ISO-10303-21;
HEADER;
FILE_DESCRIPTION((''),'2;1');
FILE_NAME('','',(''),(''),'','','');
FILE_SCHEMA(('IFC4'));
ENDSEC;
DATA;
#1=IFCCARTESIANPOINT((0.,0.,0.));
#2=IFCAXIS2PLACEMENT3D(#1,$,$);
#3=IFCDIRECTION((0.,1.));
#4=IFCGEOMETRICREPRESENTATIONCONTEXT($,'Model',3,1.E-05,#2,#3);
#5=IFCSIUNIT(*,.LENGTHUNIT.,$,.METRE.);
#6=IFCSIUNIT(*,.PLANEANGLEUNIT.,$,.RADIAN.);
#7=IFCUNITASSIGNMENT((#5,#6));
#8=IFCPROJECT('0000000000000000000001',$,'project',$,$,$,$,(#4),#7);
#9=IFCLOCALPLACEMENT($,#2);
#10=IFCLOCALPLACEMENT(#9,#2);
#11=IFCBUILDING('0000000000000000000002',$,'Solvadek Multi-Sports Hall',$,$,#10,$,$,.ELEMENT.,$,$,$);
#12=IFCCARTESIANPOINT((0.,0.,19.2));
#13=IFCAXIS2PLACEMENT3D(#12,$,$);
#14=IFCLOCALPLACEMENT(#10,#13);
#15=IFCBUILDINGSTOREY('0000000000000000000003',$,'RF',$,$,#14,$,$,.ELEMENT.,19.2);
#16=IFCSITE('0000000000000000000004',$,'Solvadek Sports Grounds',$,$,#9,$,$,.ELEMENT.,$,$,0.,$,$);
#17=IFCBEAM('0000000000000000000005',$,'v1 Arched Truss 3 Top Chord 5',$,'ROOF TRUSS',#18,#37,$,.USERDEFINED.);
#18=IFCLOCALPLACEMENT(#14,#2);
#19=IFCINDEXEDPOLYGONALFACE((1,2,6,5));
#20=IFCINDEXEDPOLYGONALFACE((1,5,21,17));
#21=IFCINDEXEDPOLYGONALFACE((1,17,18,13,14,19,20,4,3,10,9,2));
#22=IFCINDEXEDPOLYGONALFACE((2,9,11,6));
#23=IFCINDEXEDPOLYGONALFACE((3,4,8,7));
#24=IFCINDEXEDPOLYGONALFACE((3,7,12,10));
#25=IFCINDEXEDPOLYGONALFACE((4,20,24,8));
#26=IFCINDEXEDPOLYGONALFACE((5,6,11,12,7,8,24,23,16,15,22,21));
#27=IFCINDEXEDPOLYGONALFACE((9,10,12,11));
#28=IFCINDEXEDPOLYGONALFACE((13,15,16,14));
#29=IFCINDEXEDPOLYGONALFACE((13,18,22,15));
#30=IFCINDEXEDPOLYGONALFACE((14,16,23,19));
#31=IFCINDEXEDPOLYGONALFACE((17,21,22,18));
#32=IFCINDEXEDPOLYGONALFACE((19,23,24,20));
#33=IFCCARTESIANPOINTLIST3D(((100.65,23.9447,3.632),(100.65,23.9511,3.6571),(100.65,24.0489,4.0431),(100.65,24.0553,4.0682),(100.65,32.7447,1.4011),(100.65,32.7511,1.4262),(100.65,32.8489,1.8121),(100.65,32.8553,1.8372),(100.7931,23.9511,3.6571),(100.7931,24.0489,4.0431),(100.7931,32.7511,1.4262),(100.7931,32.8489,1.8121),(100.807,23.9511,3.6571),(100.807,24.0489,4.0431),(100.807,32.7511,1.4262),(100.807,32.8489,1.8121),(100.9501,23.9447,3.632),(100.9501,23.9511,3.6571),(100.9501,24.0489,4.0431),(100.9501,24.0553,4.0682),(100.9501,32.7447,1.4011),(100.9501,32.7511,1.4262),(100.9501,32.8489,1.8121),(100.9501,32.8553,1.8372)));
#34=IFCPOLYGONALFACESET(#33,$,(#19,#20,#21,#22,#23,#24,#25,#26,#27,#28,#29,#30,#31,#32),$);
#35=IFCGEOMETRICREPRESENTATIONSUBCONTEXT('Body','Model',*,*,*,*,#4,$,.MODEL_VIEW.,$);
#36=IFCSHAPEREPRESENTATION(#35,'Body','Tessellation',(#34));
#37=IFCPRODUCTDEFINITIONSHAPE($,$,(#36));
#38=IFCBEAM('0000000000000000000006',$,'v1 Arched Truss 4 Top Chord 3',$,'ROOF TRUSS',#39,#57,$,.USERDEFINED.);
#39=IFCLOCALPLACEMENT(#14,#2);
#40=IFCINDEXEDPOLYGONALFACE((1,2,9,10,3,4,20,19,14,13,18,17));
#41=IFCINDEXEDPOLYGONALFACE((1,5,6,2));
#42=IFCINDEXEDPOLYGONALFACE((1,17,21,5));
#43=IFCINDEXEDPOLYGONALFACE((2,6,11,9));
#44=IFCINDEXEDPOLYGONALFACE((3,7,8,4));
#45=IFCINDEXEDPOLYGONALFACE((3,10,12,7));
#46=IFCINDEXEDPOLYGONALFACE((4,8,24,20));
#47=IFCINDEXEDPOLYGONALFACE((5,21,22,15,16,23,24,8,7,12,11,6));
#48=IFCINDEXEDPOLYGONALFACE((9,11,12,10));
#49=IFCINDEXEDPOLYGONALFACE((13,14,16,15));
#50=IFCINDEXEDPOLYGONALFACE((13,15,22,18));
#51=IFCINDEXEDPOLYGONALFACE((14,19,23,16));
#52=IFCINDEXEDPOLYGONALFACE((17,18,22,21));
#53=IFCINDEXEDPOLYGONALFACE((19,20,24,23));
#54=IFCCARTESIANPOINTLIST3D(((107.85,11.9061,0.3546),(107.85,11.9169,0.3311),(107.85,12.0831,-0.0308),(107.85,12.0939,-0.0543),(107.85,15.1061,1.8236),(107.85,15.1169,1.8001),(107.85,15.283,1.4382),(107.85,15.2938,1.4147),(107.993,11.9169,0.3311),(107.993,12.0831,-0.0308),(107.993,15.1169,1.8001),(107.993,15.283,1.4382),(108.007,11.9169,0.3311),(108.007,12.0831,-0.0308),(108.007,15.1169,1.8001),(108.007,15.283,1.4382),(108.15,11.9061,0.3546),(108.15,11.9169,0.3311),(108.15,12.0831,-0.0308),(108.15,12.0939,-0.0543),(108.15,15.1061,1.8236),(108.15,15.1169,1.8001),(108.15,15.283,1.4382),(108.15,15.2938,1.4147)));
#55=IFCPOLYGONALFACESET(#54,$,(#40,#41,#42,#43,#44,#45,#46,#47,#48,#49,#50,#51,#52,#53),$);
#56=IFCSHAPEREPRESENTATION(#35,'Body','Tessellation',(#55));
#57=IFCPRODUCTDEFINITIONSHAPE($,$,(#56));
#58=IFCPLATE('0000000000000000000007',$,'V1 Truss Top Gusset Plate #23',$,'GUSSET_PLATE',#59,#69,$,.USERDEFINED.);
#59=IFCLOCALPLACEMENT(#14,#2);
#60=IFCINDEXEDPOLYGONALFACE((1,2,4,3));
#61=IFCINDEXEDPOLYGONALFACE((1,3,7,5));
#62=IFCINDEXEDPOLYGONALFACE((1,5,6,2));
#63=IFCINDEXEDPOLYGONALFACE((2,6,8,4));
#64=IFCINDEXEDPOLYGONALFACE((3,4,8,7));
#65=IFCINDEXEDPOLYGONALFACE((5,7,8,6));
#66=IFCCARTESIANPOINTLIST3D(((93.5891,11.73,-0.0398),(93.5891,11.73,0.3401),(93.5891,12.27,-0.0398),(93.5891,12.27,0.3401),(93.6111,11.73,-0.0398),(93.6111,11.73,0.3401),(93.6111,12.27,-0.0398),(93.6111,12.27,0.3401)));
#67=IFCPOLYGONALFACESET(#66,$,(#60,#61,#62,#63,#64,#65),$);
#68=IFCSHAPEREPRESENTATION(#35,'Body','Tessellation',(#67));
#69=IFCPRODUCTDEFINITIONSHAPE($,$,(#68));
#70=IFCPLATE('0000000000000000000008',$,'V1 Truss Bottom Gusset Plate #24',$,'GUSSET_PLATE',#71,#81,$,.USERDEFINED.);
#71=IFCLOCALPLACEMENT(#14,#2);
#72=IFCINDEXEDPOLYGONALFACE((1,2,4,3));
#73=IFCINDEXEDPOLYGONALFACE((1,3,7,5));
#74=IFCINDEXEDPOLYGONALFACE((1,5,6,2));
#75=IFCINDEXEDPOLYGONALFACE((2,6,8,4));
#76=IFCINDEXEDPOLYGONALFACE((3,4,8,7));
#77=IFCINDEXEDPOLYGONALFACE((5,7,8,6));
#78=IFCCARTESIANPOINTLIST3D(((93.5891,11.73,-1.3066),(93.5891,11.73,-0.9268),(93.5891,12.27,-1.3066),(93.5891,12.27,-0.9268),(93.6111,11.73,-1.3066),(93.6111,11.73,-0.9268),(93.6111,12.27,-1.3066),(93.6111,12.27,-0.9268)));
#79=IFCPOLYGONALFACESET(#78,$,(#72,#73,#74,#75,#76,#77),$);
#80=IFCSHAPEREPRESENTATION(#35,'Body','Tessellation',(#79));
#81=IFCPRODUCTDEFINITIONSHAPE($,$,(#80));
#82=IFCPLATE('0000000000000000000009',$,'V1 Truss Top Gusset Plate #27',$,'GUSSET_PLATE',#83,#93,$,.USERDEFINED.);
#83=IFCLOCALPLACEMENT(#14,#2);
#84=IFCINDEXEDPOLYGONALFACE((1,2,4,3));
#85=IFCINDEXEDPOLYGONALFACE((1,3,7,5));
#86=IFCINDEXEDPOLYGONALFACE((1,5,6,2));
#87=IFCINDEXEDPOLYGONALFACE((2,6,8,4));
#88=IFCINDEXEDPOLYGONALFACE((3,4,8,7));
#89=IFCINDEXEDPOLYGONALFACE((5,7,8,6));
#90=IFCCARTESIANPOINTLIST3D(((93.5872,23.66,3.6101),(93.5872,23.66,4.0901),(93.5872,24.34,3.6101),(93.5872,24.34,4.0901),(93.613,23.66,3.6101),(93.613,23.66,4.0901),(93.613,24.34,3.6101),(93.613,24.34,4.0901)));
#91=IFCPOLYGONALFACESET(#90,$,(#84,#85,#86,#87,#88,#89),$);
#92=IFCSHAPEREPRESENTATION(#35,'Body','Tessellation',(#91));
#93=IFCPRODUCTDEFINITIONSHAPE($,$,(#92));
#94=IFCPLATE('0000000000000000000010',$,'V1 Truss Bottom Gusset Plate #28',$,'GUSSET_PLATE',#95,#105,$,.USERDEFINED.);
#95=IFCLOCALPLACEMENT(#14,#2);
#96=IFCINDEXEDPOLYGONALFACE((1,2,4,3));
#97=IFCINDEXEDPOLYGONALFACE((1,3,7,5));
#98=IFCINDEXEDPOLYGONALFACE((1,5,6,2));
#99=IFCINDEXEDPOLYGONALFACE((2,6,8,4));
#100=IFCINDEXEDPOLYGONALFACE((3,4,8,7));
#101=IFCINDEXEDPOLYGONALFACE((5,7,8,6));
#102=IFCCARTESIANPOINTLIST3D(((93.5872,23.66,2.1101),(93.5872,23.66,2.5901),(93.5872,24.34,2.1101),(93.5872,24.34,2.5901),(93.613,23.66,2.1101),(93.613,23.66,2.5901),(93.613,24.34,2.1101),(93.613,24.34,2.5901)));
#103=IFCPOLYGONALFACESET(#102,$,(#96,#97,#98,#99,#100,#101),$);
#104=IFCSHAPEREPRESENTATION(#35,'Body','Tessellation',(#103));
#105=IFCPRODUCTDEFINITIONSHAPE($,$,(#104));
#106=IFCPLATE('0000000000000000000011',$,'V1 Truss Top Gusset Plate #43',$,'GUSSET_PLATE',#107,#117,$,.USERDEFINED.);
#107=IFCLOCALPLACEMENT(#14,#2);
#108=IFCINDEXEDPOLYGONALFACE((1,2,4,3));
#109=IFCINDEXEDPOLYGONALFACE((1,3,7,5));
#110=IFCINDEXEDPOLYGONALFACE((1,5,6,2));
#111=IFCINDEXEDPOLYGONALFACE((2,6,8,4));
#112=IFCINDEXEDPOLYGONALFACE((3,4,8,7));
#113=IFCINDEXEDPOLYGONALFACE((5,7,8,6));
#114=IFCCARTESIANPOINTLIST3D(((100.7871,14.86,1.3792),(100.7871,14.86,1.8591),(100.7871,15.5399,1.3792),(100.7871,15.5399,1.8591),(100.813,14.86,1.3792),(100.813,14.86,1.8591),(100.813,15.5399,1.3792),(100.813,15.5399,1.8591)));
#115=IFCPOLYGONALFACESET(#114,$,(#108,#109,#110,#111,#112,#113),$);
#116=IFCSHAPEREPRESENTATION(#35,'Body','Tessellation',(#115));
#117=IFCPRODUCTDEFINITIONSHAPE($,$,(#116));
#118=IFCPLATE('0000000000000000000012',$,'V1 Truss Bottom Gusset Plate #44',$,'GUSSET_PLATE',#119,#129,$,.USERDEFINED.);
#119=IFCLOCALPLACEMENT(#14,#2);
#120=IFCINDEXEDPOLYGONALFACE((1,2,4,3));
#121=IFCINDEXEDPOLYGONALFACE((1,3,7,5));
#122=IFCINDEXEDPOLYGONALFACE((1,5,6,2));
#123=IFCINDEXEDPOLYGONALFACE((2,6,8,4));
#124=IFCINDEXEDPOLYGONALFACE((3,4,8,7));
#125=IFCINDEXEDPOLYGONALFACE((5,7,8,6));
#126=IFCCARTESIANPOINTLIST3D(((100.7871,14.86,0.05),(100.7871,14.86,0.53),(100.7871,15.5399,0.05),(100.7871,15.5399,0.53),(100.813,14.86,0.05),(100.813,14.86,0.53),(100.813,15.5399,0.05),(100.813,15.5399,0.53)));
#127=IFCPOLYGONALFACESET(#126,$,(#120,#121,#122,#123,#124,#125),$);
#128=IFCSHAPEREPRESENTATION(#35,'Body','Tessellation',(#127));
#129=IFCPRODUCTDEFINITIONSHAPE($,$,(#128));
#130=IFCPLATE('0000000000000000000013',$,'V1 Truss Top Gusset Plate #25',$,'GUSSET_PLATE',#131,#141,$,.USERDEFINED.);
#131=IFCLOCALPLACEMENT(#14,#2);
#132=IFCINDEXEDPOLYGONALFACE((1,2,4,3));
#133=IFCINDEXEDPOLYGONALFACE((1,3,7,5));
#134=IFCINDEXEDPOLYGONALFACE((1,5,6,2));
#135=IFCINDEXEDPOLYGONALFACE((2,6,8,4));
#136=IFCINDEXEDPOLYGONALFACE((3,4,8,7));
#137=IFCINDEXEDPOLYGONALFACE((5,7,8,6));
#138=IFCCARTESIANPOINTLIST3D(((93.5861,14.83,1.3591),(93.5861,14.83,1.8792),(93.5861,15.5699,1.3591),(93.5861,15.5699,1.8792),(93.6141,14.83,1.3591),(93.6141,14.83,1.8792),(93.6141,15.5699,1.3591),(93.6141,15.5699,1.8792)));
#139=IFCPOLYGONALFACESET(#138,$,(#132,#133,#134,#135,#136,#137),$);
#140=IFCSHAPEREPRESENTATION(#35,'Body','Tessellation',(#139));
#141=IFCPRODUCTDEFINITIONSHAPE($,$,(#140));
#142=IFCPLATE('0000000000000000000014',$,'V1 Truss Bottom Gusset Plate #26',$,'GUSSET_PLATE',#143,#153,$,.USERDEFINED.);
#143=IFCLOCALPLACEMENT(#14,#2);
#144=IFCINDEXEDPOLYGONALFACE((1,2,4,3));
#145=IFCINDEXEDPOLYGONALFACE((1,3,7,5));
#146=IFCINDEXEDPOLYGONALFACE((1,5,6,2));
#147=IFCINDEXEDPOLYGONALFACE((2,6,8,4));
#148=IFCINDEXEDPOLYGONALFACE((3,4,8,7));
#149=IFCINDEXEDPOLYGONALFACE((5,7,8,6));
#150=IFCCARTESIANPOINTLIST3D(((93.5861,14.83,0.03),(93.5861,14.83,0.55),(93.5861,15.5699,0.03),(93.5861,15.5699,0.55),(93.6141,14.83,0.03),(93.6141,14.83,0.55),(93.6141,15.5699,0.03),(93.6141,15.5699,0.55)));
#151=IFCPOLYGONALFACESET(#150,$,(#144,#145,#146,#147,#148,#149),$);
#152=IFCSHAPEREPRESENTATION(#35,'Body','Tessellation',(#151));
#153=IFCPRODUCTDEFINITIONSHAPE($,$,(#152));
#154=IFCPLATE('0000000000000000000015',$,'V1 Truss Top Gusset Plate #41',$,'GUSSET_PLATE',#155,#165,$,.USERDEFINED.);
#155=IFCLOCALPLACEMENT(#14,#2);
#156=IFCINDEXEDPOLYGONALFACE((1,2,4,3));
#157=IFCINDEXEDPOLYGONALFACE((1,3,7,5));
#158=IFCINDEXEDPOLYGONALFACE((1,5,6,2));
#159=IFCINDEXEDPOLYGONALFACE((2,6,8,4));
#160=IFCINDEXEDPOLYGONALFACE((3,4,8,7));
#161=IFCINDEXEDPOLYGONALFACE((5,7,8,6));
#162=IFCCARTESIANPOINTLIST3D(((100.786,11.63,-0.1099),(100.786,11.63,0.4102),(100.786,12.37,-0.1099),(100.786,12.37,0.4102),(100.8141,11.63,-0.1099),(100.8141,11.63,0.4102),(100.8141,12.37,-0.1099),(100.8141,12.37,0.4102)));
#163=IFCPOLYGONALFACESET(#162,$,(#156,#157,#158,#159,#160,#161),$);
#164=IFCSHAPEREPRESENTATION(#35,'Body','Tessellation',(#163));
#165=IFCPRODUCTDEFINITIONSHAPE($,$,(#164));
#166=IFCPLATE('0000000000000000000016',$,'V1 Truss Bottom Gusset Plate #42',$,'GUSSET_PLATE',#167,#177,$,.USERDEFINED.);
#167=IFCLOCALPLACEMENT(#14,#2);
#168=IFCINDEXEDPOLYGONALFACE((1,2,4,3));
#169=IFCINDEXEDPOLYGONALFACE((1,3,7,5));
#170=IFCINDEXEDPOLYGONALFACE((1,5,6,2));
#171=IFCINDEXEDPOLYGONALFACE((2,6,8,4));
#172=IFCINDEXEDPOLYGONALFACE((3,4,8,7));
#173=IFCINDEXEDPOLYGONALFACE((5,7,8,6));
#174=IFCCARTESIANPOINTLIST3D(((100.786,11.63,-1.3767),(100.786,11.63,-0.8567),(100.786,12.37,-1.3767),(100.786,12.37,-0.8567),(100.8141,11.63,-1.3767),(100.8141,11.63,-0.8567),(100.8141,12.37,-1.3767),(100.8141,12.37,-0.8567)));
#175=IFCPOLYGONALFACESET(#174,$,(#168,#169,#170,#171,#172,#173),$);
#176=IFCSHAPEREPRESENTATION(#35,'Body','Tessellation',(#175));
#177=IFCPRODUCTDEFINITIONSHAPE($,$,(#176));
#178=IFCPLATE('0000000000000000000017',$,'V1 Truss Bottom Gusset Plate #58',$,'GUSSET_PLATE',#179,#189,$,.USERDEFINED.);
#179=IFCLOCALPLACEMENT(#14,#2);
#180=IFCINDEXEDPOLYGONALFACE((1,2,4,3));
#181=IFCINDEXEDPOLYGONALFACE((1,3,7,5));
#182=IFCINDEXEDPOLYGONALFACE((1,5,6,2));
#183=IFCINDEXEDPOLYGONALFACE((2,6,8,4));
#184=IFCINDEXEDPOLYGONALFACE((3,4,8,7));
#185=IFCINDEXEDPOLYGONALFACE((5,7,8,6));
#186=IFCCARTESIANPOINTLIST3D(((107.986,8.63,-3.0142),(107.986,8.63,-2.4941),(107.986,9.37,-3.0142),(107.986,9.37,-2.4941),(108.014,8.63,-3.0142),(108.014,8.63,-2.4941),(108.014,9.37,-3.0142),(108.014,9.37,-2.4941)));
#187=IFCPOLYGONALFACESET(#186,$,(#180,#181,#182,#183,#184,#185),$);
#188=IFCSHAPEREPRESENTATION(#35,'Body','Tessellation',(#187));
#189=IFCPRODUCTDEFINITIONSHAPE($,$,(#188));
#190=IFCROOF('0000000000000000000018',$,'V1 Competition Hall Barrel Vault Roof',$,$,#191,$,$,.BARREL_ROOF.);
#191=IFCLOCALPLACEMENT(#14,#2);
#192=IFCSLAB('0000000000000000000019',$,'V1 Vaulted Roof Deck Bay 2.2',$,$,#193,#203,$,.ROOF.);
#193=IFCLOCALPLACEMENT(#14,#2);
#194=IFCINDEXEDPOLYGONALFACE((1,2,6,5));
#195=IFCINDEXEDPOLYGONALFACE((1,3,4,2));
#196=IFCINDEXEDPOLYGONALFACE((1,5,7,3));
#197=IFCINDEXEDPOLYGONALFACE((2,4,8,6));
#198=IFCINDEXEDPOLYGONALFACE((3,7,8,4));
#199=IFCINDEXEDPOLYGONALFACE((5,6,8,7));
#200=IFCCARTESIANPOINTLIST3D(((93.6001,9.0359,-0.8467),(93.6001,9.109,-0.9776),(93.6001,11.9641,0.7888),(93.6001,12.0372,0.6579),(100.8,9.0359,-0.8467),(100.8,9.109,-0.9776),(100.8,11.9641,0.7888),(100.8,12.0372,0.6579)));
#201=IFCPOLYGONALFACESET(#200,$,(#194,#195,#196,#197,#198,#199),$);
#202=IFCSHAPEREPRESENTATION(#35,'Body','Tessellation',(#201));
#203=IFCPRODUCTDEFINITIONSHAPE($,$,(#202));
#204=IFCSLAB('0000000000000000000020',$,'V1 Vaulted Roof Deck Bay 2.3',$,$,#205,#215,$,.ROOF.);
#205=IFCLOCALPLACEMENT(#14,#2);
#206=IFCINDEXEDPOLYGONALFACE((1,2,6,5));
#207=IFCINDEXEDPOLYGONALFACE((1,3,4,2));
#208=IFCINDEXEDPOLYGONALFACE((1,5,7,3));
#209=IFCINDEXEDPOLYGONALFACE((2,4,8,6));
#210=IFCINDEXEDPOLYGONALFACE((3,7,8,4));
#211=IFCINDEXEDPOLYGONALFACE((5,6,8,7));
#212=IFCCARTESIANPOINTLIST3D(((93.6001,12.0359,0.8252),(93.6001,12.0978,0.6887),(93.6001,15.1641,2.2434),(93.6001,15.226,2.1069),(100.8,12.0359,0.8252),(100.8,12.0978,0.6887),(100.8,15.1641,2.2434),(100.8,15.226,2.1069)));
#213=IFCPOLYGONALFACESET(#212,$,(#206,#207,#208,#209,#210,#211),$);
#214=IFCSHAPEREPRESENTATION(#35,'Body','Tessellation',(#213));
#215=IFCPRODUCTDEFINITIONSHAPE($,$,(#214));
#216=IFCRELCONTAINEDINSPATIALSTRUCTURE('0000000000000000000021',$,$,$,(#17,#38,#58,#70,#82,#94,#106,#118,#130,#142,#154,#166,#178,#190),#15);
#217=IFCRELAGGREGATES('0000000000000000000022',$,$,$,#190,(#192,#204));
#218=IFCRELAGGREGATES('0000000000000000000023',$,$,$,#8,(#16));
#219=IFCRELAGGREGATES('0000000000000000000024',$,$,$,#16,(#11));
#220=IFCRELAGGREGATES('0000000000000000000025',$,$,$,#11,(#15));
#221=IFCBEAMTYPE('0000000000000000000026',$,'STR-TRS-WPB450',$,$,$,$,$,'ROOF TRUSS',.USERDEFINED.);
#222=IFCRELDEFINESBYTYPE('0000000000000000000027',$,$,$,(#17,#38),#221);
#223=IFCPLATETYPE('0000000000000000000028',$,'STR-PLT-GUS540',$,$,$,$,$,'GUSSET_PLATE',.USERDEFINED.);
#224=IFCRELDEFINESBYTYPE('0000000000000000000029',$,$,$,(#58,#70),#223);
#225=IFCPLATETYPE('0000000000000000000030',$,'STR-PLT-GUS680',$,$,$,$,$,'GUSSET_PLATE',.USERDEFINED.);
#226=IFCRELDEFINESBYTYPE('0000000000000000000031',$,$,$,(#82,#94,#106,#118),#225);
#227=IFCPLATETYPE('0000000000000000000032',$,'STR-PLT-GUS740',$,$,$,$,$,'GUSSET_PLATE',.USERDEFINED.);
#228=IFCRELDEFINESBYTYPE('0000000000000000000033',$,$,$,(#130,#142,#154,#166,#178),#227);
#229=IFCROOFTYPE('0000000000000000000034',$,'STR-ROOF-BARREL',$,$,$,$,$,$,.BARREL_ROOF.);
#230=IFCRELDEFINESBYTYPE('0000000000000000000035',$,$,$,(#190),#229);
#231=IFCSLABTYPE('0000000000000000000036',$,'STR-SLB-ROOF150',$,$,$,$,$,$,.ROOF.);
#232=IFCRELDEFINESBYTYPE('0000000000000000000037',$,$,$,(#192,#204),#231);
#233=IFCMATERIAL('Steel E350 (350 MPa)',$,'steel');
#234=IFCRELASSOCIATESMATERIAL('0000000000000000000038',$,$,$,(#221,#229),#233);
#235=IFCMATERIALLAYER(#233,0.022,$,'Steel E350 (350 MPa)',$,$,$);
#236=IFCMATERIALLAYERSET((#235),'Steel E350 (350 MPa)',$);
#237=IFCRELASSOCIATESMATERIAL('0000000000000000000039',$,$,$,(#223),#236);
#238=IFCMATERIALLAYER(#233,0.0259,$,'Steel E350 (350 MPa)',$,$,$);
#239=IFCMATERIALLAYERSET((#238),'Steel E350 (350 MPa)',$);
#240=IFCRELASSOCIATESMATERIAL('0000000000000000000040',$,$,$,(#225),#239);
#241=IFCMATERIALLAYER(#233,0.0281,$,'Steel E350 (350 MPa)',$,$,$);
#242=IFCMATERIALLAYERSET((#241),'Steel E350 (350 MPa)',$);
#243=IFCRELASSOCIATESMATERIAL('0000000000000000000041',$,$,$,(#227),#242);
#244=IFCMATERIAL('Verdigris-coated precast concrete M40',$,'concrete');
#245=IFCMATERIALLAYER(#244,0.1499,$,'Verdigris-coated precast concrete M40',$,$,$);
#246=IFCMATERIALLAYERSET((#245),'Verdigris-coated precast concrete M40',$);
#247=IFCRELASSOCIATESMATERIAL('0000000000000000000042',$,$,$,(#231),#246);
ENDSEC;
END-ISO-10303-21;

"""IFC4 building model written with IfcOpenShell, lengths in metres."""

from ifc_helpers import new_model, si_unit, direction, frame, origin, origin_2d, place, context, subcontext, project, spatial, polyline, rectangle, i_section, outline, extrude, material, layer, layer_set, material_profile, profile_set, type_object, element, aggregate, save


model = new_model("IFC4")

# Units and contexts
model_context = context("Model", 3, precision=1e-05, world=origin(), true_north=direction((0.0, 1.0)))
body_context = subcontext(model_context, "Body", "Model", "MODEL_VIEW")
ifc_project = project(units=[si_unit("LENGTHUNIT", "METRE"), si_unit("PLANEANGLEUNIT", "RADIAN")], contexts=[model_context])

# Site, building, storey
site_placement = place(None, origin())
site = spatial("IfcSite", under=ifc_project, at=site_placement, Name="Solvadek Sports Grounds", CompositionType="ELEMENT", RefElevation=0.0)
building_placement = place(site_placement, origin())
building = spatial("IfcBuilding", under=site, at=building_placement, Name="Solvadek Multi-Sports Hall", CompositionType="ELEMENT")
storey_placement = place(building_placement, frame((0.0, 0.0, 19.2)))
storey = spatial("IfcBuildingStorey", under=building, at=storey_placement, Name="RF", CompositionType="ELEMENT", Elevation=19.2)

# Shared definitions
ifc_material_1 = material(Name="Steel E350 (350 MPa)", Category="steel")

# Beams
ifc_material_profile_1 = material_profile(ifc_material_1, i_section(OverallWidth=0.3, OverallDepth=0.45, WebThickness=0.0139, FlangeThickness=0.0259, at=origin_2d()), Name="WPB 450")
ifc_profile_set_1 = profile_set([ifc_material_profile_1], Name="Steel E350 (350 MPa)")
beam_type = type_object("IfcBeamType", Name="STR-TRS-WPB450", ElementType="ROOF TRUSS", PredefinedType="USERDEFINED", material=ifc_profile_set_1)
for number, where, z_axis, x_axis, name in (
    (1, (100.8, 24.0, 3.8501), (0.0, 0.969335, -0.245742), (-1.0, 0.0, 0.0), "v1 Arched Truss 3 Top Chord 5"),
):
    element("IfcBeam", number, at=place(storey_placement, frame(where, z_axis=z_axis, x_axis=x_axis)), inside=storey, type_object=beam_type, Name=name, ObjectType="ROOF TRUSS", PredefinedType="USERDEFINED", context=body_context, shape_type="SweptSolid", body=[
        extrude(i_section(OverallWidth=0.3, OverallDepth=0.45, WebThickness=0.0139, FlangeThickness=0.0259, at=origin_2d()), origin(), (0.0, 0.0, 1.0), 9.0784),
    ])
beam_1_placement = place(storey_placement, frame((108.0, 12.0, 0.1501), z_axis=(0.0, 0.908812, 0.417206), x_axis=(-1.0, 0.0, 0.0)))
element("IfcBeam", 2, at=beam_1_placement, inside=storey, type_object=beam_type, Name="v1 Arched Truss 4 Top Chord 3", ObjectType="ROOF TRUSS", PredefinedType="USERDEFINED", context=body_context, shape_type="SweptSolid", body=[
    extrude(i_section(OverallWidth=0.3, OverallDepth=0.45, WebThickness=0.0139, FlangeThickness=0.0259, at=origin_2d()), origin(), (0.0, 0.0, 1.0), 3.521),
])

# Plates
ifc_layer_1 = layer(ifc_material_1, 0.022, Name="Steel E350 (350 MPa)")
ifc_layer_set_1 = layer_set([ifc_layer_1], Name="Steel E350 (350 MPa)")
plate_type_1 = type_object("IfcPlateType", Name="STR-PLT-GUS540", ElementType="GUSSET_PLATE", PredefinedType="USERDEFINED", material=ifc_layer_set_1)
for number, where, z_axis, x_axis, name in (
    (3, (93.6001, 12.0, -0.0398), (0.0, 0.0, 1.0), (0.0, 1.0, 0.0), "V1 Truss Top Gusset Plate #23"),
    (4, (93.6001, 12.0, -1.3066), (0.0, 0.0, 1.0), (0.0, 1.0, 0.0), "V1 Truss Bottom Gusset Plate #24"),
):
    element("IfcPlate", number, at=place(storey_placement, frame(where, z_axis=z_axis, x_axis=x_axis)), inside=storey, type_object=plate_type_1, Name=name, ObjectType="GUSSET_PLATE", PredefinedType="USERDEFINED", context=body_context, shape_type="SweptSolid", body=[
        extrude(rectangle(XDim=0.54, YDim=0.022, at=origin_2d()), origin(), (0.0, 0.0, 1.0), 0.3799),
    ])
ifc_layer_2 = layer(ifc_material_1, 0.0259, Name="Steel E350 (350 MPa)")
ifc_layer_set_2 = layer_set([ifc_layer_2], Name="Steel E350 (350 MPa)")
plate_type_2 = type_object("IfcPlateType", Name="STR-PLT-GUS680", ElementType="GUSSET_PLATE", PredefinedType="USERDEFINED", material=ifc_layer_set_2)
for number, where, z_axis, x_axis, name in (
    (5, (93.6001, 24.0, 3.6101), (0.0, 0.0, 1.0), (0.0, 1.0, 0.0), "V1 Truss Top Gusset Plate #27"),
    (6, (93.6001, 24.0, 2.1101), (0.0, 0.0, 1.0), (0.0, 1.0, 0.0), "V1 Truss Bottom Gusset Plate #28"),
    (7, (100.8, 15.2, 1.3792), (0.0, 0.0, 1.0), (0.0, 1.0, 0.0), "V1 Truss Top Gusset Plate #43"),
    (8, (100.8, 15.2, 0.05), (0.0, 0.0, 1.0), (0.0, 1.0, 0.0), "V1 Truss Bottom Gusset Plate #44"),
):
    element("IfcPlate", number, at=place(storey_placement, frame(where, z_axis=z_axis, x_axis=x_axis)), inside=storey, type_object=plate_type_2, Name=name, ObjectType="GUSSET_PLATE", PredefinedType="USERDEFINED", context=body_context, shape_type="SweptSolid", body=[
        extrude(rectangle(XDim=0.6799, YDim=0.0259, at=origin_2d()), origin(), (0.0, 0.0, 1.0), 0.48),
    ])
ifc_layer_3 = layer(ifc_material_1, 0.0281, Name="Steel E350 (350 MPa)")
ifc_layer_set_3 = layer_set([ifc_layer_3], Name="Steel E350 (350 MPa)")
plate_type_3 = type_object("IfcPlateType", Name="STR-PLT-GUS740", ElementType="GUSSET_PLATE", PredefinedType="USERDEFINED", material=ifc_layer_set_3)
for number, where, z_axis, x_axis, name in (
    (9, (93.6001, 15.2, 1.3591), (0.0, 0.0, 1.0), (0.0, 1.0, 0.0), "V1 Truss Top Gusset Plate #25"),
    (10, (93.6001, 15.2, 0.03), (0.0, 0.0, 1.0), (0.0, 1.0, 0.0), "V1 Truss Bottom Gusset Plate #26"),
    (11, (100.8, 12.0, -0.1099), (0.0, 0.0, 1.0), (0.0, 1.0, 0.0), "V1 Truss Top Gusset Plate #41"),
    (12, (100.8, 12.0, -1.3767), (0.0, 0.0, 1.0), (0.0, 1.0, 0.0), "V1 Truss Bottom Gusset Plate #42"),
    (13, (108.0, 9.0, -3.0142), (0.0, 0.0, 1.0), (0.0, 1.0, 0.0), "V1 Truss Bottom Gusset Plate #58"),
):
    element("IfcPlate", number, at=place(storey_placement, frame(where, z_axis=z_axis, x_axis=x_axis)), inside=storey, type_object=plate_type_3, Name=name, ObjectType="GUSSET_PLATE", PredefinedType="USERDEFINED", context=body_context, shape_type="SweptSolid", body=[
        extrude(rectangle(XDim=0.74, YDim=0.0281, at=origin_2d()), origin(), (0.0, 0.0, 1.0), 0.52),
    ])

# Roof, slabs
roof_type = type_object("IfcRoofType", Name="STR-ROOF-BARREL", PredefinedType="BARREL_ROOF", material=ifc_material_1)
roof_placement = place(storey_placement, origin())
roof = element("IfcRoof", 14, at=roof_placement, inside=storey, type_object=roof_type, Name="V1 Competition Hall Barrel Vault Roof", PredefinedType="BARREL_ROOF")
ifc_material_2 = material(Name="Verdigris-coated precast concrete M40", Category="concrete")
ifc_layer_4 = layer(ifc_material_2, 0.1499, Name="Verdigris-coated precast concrete M40")
ifc_layer_set_4 = layer_set([ifc_layer_4], Name="Verdigris-coated precast concrete M40")
slab_type = type_object("IfcSlabType", Name="STR-SLB-ROOF150", PredefinedType="ROOF", material=ifc_layer_set_4)
slab_1_placement = place(storey_placement, frame((93.6001, 9.0359, -0.8467), z_axis=(0.0, -0.487626, 0.873053), x_axis=(1.0, 0.0, 0.0)))
slab_1 = element("IfcSlab", 15, at=slab_1_placement, type_object=slab_type, Name="V1 Vaulted Roof Deck Bay 2.2", PredefinedType="ROOF", context=body_context, shape_type="SweptSolid", body=[
    extrude(outline(polyline([(0.0, 0.0), (7.2, 0.0), (7.2, 3.354), (0.0, 3.354), (0.0, 0.0)])), origin(), (0.0, 0.0, -1.0), 0.1499),
])
slab_2_placement = place(storey_placement, frame((93.6001, 12.0359, 0.8252), z_axis=(0.0, -0.412914, 0.91077), x_axis=(1.0, 0.0, 0.0)))
slab_2 = element("IfcSlab", 16, at=slab_2_placement, type_object=slab_type, Name="V1 Vaulted Roof Deck Bay 2.3", PredefinedType="ROOF", context=body_context, shape_type="SweptSolid", body=[
    extrude(outline(polyline([(0.0, 0.0), (7.2, 0.0), (7.2, 3.4346), (0.0, 3.4346), (0.0, 0.0)])), origin(), (0.0, 0.0, -1.0), 0.1499),
])
aggregate(roof, [slab_1, slab_2])

save(model, "model.ifc")
